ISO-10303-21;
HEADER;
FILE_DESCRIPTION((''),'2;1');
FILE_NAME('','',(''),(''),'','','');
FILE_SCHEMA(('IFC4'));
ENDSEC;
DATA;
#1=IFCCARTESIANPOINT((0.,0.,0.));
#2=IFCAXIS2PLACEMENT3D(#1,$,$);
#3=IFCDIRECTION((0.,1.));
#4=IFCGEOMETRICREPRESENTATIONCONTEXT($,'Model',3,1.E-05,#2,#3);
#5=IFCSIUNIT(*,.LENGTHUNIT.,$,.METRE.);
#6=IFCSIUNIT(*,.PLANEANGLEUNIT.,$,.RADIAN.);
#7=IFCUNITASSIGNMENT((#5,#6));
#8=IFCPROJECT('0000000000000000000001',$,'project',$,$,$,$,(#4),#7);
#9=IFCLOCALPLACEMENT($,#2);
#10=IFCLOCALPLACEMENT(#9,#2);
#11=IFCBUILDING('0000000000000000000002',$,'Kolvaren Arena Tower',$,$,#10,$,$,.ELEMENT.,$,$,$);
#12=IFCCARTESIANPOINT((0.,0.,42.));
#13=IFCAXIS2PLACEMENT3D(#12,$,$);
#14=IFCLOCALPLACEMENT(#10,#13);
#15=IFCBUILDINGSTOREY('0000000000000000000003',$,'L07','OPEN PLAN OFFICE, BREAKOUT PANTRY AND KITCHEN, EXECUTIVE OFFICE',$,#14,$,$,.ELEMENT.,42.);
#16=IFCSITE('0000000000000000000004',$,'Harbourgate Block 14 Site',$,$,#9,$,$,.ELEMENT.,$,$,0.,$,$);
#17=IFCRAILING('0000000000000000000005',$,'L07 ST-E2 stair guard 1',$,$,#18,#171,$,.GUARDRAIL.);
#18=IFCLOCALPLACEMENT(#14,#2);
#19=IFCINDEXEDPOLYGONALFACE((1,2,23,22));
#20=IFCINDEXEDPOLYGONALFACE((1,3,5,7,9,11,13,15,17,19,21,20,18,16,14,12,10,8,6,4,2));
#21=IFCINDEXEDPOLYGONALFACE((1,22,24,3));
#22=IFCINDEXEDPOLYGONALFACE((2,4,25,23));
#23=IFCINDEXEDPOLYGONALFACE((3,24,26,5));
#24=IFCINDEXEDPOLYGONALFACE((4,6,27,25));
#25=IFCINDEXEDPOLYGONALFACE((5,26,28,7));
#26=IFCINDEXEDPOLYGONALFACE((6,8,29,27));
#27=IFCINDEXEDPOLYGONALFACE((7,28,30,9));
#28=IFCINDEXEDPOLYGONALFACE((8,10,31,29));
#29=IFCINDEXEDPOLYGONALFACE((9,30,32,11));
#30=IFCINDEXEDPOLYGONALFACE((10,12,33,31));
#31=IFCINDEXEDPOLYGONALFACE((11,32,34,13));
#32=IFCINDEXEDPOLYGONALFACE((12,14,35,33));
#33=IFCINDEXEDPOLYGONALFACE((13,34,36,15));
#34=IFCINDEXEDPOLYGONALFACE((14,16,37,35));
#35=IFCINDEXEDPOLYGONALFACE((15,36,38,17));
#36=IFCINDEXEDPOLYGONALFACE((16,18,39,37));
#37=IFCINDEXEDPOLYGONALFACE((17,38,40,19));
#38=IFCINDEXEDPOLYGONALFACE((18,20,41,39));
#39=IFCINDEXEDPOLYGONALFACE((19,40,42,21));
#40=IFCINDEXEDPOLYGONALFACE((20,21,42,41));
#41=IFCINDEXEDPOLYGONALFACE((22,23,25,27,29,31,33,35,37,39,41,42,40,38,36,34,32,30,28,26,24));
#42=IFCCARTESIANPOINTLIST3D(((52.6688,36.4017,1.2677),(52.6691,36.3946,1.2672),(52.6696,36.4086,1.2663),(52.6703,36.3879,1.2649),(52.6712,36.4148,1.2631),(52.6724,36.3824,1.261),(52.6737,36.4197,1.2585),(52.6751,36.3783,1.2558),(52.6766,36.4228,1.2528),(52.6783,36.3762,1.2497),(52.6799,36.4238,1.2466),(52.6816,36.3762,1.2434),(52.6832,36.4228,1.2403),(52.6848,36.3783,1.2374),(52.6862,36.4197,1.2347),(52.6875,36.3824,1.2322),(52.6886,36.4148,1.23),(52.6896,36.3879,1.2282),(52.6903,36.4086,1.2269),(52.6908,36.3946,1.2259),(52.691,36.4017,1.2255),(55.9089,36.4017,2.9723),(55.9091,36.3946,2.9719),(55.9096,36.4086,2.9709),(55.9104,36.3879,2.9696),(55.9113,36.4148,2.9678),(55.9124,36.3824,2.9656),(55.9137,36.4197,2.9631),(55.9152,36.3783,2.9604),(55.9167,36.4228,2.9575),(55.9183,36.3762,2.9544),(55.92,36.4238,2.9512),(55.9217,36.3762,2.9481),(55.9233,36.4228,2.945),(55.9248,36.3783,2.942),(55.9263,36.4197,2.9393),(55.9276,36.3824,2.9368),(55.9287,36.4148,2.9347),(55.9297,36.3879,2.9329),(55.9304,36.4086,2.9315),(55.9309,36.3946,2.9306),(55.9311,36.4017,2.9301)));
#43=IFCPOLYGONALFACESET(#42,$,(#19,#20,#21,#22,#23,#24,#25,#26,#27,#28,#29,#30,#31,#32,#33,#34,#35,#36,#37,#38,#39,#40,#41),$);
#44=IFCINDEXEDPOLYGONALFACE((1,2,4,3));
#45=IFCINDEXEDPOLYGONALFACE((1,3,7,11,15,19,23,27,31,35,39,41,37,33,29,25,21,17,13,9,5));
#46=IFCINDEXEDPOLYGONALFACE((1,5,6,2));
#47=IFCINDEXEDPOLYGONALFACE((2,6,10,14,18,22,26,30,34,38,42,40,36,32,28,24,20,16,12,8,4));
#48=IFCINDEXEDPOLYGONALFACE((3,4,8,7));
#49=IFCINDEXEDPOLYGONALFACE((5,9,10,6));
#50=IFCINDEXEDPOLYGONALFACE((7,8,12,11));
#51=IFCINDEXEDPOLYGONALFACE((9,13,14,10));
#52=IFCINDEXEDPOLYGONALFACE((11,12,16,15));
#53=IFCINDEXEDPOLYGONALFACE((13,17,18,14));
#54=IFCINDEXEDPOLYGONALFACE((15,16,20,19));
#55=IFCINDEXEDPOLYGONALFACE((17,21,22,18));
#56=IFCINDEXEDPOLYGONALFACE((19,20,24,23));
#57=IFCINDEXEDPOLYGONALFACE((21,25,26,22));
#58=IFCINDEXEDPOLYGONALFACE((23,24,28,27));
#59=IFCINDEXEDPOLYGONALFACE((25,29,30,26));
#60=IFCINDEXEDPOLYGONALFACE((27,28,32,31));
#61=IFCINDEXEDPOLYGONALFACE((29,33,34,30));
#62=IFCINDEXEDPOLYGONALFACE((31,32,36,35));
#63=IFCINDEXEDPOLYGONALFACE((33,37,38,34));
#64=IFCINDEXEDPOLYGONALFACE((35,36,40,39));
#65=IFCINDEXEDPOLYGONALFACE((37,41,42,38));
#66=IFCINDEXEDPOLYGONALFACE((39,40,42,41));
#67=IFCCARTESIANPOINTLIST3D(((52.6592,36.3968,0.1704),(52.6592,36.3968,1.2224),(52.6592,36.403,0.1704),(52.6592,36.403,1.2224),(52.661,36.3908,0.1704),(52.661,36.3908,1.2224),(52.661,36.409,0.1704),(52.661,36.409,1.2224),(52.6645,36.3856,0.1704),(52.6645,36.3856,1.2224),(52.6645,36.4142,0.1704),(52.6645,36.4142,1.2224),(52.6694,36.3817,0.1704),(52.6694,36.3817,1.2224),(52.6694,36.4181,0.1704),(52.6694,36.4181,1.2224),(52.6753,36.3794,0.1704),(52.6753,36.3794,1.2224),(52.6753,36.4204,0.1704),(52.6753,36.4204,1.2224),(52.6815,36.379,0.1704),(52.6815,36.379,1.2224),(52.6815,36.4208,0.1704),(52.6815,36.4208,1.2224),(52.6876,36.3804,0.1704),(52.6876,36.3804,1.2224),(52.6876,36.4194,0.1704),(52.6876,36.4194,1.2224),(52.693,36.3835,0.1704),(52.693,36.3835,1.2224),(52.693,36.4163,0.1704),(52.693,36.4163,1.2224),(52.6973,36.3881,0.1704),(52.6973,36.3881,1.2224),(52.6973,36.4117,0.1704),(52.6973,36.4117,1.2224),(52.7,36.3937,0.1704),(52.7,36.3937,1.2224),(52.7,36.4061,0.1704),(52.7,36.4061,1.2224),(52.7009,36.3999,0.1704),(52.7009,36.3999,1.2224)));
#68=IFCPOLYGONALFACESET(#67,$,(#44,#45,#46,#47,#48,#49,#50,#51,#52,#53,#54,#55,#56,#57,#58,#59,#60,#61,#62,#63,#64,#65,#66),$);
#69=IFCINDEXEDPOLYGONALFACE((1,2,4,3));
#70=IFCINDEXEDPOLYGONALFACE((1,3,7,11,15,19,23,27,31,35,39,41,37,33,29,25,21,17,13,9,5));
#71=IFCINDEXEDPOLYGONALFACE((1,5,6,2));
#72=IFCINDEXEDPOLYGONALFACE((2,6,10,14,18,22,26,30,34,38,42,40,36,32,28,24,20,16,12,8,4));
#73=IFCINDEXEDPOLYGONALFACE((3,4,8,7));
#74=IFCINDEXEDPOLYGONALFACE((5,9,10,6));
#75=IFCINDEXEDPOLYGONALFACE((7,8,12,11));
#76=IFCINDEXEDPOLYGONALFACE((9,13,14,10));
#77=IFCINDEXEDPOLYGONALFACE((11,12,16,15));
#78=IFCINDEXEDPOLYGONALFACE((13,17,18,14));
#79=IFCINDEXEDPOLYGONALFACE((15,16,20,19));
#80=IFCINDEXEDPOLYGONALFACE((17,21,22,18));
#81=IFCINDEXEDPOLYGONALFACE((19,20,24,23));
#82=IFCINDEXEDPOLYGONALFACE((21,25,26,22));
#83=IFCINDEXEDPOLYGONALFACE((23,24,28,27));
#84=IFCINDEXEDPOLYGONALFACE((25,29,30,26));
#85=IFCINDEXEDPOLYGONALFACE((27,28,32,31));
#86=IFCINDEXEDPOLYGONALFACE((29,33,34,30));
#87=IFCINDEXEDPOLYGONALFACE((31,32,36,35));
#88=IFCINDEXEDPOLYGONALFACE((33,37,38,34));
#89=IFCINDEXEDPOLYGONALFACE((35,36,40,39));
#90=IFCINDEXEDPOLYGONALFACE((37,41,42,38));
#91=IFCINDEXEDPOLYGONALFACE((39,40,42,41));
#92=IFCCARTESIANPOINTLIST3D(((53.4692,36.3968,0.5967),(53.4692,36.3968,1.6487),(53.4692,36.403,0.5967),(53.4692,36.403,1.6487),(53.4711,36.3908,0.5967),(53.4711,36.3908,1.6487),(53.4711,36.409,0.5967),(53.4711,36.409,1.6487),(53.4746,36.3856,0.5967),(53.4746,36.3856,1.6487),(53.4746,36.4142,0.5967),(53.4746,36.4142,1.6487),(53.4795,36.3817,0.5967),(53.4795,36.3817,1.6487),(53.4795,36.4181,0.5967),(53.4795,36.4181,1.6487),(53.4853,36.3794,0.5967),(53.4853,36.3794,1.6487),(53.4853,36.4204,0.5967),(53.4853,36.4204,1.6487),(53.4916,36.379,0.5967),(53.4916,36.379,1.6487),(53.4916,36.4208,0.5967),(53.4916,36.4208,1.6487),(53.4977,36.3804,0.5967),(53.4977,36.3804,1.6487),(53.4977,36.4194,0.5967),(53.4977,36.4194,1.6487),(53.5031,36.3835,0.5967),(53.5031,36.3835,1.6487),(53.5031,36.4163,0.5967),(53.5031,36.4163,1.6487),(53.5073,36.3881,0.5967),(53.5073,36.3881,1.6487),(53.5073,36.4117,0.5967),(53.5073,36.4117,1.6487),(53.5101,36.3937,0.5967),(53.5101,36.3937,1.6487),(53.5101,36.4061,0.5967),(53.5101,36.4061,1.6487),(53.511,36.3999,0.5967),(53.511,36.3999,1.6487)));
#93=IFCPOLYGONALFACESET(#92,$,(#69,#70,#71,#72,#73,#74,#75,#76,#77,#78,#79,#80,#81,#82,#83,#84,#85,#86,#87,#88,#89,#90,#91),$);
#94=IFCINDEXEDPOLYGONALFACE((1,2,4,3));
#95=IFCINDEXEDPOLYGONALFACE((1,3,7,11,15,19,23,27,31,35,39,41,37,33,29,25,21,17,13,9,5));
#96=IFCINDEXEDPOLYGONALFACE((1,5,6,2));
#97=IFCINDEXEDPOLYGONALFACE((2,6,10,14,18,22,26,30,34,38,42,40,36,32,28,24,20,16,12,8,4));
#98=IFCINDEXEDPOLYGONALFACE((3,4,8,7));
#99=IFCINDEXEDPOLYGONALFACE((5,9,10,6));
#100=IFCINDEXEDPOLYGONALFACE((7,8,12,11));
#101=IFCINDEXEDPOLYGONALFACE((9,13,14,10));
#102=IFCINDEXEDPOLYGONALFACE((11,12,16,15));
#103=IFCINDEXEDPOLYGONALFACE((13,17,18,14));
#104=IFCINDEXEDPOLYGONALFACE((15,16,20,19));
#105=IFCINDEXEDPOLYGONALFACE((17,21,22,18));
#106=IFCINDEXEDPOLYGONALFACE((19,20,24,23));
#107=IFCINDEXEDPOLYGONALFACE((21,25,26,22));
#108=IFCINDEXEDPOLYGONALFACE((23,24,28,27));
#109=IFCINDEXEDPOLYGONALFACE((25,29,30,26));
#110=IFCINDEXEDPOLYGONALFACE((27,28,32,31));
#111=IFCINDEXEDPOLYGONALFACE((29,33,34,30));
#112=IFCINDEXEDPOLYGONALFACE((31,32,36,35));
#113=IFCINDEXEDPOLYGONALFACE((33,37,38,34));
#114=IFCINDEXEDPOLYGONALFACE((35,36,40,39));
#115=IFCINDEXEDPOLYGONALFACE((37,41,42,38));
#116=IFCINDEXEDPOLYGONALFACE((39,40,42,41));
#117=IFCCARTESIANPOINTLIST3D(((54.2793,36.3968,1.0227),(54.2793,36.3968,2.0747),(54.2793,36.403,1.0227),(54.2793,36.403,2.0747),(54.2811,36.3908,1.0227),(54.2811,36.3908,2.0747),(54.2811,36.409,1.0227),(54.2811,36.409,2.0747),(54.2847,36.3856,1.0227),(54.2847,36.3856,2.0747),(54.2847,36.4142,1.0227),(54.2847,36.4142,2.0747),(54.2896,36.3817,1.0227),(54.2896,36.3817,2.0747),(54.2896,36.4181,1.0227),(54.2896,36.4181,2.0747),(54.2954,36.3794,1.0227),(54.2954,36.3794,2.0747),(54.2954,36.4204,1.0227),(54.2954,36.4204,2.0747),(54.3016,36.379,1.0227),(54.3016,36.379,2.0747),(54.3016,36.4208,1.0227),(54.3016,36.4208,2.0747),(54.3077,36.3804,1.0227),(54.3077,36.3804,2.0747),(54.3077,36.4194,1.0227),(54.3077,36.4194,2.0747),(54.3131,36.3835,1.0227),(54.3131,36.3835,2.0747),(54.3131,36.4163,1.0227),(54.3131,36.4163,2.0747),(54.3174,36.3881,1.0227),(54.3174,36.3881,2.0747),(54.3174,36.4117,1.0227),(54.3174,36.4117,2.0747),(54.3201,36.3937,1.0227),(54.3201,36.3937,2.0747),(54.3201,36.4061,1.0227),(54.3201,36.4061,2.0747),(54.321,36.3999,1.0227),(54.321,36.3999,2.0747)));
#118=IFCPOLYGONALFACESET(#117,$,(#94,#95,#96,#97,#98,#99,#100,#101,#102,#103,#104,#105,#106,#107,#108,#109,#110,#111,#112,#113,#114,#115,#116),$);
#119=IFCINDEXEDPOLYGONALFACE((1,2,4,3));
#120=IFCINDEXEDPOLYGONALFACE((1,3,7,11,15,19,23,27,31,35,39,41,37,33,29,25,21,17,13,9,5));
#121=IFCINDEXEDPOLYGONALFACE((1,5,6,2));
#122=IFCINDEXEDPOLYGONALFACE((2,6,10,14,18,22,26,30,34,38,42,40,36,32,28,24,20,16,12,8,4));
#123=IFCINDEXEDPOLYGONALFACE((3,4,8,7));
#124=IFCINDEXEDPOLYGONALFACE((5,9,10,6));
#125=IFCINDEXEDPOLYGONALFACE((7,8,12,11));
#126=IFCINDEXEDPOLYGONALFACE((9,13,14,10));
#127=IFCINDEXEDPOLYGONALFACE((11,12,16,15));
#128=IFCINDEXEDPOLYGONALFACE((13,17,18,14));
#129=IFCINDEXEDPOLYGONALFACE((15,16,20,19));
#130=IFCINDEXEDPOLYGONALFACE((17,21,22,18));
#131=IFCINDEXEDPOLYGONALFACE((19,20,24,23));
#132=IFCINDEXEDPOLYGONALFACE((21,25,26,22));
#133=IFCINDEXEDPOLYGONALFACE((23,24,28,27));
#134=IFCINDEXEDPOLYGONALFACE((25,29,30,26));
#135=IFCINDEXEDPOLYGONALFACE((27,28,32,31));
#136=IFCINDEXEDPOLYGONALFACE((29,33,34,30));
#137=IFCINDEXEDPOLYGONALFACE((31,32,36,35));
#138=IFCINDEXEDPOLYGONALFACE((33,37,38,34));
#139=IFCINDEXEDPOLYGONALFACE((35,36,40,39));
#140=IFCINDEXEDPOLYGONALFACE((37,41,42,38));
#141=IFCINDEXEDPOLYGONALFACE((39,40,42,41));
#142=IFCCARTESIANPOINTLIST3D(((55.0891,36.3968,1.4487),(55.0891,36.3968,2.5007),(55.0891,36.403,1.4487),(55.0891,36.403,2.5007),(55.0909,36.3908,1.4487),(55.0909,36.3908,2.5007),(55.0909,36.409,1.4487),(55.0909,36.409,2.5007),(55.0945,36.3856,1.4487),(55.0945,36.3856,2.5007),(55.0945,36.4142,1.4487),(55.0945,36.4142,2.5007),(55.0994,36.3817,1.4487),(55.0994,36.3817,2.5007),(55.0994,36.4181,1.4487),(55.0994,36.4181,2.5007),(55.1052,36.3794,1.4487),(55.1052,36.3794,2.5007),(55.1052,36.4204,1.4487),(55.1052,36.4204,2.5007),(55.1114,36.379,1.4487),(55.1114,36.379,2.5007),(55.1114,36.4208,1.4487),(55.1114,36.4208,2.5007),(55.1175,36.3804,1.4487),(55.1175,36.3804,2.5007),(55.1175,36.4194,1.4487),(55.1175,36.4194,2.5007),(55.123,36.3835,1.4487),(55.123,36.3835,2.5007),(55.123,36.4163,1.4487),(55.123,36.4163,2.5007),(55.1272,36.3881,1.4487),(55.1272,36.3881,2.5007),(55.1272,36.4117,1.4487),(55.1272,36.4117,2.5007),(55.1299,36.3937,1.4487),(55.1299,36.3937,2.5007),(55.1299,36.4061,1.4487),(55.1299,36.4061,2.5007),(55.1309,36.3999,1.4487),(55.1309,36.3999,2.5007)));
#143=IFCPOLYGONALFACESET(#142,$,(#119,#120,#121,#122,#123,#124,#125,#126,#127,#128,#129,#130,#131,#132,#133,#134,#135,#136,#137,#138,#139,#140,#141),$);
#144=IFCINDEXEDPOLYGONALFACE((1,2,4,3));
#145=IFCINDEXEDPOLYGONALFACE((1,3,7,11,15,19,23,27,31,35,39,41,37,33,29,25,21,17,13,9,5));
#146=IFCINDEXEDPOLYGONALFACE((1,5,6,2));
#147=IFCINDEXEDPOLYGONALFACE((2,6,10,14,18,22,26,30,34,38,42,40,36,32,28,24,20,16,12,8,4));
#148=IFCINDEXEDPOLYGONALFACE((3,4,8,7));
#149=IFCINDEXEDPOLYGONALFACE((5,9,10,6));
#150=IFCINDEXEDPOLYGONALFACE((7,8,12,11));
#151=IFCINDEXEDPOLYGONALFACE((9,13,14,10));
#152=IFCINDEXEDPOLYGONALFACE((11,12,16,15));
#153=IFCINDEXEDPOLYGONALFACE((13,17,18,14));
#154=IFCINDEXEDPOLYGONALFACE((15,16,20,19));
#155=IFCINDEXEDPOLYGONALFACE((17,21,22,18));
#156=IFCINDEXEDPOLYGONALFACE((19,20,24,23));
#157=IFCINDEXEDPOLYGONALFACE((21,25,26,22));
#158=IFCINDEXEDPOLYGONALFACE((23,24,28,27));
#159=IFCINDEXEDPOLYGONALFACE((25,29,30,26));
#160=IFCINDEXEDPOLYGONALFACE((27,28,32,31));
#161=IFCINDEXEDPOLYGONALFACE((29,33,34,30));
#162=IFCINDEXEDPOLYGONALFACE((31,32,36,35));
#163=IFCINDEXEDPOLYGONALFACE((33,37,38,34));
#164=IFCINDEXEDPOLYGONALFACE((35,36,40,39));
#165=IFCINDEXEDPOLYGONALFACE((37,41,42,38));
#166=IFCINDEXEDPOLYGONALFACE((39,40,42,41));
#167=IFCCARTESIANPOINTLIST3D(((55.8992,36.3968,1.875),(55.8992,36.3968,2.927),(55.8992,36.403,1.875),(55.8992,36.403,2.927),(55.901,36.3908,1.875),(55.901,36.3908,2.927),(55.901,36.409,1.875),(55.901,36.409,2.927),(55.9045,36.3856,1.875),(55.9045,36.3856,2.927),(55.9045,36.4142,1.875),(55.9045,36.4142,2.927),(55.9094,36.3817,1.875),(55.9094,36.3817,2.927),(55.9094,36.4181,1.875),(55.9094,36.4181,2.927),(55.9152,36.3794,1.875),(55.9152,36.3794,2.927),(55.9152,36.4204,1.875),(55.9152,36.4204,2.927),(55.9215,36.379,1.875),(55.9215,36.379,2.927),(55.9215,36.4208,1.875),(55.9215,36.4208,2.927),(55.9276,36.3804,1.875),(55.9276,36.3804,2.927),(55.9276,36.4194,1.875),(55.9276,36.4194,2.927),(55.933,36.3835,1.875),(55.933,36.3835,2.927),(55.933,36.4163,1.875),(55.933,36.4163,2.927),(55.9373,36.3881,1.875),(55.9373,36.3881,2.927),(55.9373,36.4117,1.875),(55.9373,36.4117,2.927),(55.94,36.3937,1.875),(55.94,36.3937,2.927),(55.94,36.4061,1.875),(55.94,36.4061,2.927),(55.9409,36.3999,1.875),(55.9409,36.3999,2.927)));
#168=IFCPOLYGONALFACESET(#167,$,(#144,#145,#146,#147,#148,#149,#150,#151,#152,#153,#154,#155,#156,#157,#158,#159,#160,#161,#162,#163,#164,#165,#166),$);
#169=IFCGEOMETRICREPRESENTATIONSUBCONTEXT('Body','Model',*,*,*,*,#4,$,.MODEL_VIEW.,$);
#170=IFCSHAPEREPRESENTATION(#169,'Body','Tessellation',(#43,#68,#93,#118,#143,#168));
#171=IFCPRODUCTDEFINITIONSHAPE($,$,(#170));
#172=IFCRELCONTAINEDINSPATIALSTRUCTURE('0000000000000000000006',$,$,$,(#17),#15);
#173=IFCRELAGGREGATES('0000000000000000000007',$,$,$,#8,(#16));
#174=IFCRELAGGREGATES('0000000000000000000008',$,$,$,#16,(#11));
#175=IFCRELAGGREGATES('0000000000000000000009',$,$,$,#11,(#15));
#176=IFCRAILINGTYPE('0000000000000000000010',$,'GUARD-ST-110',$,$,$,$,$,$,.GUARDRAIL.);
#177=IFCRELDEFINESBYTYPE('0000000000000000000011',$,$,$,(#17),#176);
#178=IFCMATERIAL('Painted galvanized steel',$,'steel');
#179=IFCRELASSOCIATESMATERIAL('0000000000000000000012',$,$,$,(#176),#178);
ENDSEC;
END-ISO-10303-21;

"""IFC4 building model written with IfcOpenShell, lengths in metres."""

from ifc_helpers import new_model, si_unit, direction, frame, origin, origin_2d, place, context, subcontext, project, spatial, circle, extrude, material, type_object, element, save


model = new_model("IFC4")

# Units and contexts
model_context = context("Model", 3, precision=1e-05, world=origin(), true_north=direction((0.0, 1.0)))
body_context = subcontext(model_context, "Body", "Model", "MODEL_VIEW")
ifc_project = project(units=[si_unit("LENGTHUNIT", "METRE"), si_unit("PLANEANGLEUNIT", "RADIAN")], contexts=[model_context])

# Site, building, storey
site_placement = place(None, origin())
site = spatial("IfcSite", under=ifc_project, at=site_placement, Name="Harbourgate Block 14 Site", CompositionType="ELEMENT", RefElevation=0.0)
building_placement = place(site_placement, origin())
building = spatial("IfcBuilding", under=site, at=building_placement, Name="Kolvaren Arena Tower", CompositionType="ELEMENT")
storey_placement = place(building_placement, frame((0.0, 0.0, 42.0)))
storey = spatial("IfcBuildingStorey", under=building, at=storey_placement, Name="L07", Description="OPEN PLAN OFFICE, BREAKOUT PANTRY AND KITCHEN, EXECUTIVE OFFICE", CompositionType="ELEMENT", Elevation=42.0)

# Railing
ifc_material_1 = material(Name="Painted galvanized steel", Category="steel")
railing_type_1 = type_object("IfcRailingType", Name="GUARD-ST-110", PredefinedType="GUARDRAIL", material=ifc_material_1)
railing_1_placement = place(storey_placement, frame((52.6799, 36.3999, 0.1704)))
element("IfcRailing", 1, at=railing_1_placement, inside=storey, type_object=railing_type_1, Name="L07 ST-E2 stair guard 1", PredefinedType="GUARDRAIL", context=body_context, shape_type="SweptSolid", body=[
    extrude(circle(Radius=0.0239, at=origin_2d()), frame((0.0, 0.0, 1.0762), z_axis=(0.884993, 0.0, 0.465604), x_axis=(0.0, 1.0, 0.0)), (0.0, 0.0, 1.0), 3.6611),
    extrude(circle(Radius=0.021, at=origin_2d()), origin(), (0.0, 0.0, 1.0), 1.052),
    extrude(circle(Radius=0.021, at=origin_2d()), frame((0.8101, 0.0, 0.4263)), (0.0, 0.0, 1.0), 1.052),
    extrude(circle(Radius=0.021, at=origin_2d()), frame((1.6201, 0.0, 0.8523)), (0.0, 0.0, 1.0), 1.052),
    extrude(circle(Radius=0.021, at=origin_2d()), frame((2.4299, 0.0, 1.2783)), (0.0, 0.0, 1.0), 1.052),
    extrude(circle(Radius=0.021, at=origin_2d()), frame((3.24, 0.0, 1.7046)), (0.0, 0.0, 1.0), 1.052),
])

save(model, "model.ifc")
